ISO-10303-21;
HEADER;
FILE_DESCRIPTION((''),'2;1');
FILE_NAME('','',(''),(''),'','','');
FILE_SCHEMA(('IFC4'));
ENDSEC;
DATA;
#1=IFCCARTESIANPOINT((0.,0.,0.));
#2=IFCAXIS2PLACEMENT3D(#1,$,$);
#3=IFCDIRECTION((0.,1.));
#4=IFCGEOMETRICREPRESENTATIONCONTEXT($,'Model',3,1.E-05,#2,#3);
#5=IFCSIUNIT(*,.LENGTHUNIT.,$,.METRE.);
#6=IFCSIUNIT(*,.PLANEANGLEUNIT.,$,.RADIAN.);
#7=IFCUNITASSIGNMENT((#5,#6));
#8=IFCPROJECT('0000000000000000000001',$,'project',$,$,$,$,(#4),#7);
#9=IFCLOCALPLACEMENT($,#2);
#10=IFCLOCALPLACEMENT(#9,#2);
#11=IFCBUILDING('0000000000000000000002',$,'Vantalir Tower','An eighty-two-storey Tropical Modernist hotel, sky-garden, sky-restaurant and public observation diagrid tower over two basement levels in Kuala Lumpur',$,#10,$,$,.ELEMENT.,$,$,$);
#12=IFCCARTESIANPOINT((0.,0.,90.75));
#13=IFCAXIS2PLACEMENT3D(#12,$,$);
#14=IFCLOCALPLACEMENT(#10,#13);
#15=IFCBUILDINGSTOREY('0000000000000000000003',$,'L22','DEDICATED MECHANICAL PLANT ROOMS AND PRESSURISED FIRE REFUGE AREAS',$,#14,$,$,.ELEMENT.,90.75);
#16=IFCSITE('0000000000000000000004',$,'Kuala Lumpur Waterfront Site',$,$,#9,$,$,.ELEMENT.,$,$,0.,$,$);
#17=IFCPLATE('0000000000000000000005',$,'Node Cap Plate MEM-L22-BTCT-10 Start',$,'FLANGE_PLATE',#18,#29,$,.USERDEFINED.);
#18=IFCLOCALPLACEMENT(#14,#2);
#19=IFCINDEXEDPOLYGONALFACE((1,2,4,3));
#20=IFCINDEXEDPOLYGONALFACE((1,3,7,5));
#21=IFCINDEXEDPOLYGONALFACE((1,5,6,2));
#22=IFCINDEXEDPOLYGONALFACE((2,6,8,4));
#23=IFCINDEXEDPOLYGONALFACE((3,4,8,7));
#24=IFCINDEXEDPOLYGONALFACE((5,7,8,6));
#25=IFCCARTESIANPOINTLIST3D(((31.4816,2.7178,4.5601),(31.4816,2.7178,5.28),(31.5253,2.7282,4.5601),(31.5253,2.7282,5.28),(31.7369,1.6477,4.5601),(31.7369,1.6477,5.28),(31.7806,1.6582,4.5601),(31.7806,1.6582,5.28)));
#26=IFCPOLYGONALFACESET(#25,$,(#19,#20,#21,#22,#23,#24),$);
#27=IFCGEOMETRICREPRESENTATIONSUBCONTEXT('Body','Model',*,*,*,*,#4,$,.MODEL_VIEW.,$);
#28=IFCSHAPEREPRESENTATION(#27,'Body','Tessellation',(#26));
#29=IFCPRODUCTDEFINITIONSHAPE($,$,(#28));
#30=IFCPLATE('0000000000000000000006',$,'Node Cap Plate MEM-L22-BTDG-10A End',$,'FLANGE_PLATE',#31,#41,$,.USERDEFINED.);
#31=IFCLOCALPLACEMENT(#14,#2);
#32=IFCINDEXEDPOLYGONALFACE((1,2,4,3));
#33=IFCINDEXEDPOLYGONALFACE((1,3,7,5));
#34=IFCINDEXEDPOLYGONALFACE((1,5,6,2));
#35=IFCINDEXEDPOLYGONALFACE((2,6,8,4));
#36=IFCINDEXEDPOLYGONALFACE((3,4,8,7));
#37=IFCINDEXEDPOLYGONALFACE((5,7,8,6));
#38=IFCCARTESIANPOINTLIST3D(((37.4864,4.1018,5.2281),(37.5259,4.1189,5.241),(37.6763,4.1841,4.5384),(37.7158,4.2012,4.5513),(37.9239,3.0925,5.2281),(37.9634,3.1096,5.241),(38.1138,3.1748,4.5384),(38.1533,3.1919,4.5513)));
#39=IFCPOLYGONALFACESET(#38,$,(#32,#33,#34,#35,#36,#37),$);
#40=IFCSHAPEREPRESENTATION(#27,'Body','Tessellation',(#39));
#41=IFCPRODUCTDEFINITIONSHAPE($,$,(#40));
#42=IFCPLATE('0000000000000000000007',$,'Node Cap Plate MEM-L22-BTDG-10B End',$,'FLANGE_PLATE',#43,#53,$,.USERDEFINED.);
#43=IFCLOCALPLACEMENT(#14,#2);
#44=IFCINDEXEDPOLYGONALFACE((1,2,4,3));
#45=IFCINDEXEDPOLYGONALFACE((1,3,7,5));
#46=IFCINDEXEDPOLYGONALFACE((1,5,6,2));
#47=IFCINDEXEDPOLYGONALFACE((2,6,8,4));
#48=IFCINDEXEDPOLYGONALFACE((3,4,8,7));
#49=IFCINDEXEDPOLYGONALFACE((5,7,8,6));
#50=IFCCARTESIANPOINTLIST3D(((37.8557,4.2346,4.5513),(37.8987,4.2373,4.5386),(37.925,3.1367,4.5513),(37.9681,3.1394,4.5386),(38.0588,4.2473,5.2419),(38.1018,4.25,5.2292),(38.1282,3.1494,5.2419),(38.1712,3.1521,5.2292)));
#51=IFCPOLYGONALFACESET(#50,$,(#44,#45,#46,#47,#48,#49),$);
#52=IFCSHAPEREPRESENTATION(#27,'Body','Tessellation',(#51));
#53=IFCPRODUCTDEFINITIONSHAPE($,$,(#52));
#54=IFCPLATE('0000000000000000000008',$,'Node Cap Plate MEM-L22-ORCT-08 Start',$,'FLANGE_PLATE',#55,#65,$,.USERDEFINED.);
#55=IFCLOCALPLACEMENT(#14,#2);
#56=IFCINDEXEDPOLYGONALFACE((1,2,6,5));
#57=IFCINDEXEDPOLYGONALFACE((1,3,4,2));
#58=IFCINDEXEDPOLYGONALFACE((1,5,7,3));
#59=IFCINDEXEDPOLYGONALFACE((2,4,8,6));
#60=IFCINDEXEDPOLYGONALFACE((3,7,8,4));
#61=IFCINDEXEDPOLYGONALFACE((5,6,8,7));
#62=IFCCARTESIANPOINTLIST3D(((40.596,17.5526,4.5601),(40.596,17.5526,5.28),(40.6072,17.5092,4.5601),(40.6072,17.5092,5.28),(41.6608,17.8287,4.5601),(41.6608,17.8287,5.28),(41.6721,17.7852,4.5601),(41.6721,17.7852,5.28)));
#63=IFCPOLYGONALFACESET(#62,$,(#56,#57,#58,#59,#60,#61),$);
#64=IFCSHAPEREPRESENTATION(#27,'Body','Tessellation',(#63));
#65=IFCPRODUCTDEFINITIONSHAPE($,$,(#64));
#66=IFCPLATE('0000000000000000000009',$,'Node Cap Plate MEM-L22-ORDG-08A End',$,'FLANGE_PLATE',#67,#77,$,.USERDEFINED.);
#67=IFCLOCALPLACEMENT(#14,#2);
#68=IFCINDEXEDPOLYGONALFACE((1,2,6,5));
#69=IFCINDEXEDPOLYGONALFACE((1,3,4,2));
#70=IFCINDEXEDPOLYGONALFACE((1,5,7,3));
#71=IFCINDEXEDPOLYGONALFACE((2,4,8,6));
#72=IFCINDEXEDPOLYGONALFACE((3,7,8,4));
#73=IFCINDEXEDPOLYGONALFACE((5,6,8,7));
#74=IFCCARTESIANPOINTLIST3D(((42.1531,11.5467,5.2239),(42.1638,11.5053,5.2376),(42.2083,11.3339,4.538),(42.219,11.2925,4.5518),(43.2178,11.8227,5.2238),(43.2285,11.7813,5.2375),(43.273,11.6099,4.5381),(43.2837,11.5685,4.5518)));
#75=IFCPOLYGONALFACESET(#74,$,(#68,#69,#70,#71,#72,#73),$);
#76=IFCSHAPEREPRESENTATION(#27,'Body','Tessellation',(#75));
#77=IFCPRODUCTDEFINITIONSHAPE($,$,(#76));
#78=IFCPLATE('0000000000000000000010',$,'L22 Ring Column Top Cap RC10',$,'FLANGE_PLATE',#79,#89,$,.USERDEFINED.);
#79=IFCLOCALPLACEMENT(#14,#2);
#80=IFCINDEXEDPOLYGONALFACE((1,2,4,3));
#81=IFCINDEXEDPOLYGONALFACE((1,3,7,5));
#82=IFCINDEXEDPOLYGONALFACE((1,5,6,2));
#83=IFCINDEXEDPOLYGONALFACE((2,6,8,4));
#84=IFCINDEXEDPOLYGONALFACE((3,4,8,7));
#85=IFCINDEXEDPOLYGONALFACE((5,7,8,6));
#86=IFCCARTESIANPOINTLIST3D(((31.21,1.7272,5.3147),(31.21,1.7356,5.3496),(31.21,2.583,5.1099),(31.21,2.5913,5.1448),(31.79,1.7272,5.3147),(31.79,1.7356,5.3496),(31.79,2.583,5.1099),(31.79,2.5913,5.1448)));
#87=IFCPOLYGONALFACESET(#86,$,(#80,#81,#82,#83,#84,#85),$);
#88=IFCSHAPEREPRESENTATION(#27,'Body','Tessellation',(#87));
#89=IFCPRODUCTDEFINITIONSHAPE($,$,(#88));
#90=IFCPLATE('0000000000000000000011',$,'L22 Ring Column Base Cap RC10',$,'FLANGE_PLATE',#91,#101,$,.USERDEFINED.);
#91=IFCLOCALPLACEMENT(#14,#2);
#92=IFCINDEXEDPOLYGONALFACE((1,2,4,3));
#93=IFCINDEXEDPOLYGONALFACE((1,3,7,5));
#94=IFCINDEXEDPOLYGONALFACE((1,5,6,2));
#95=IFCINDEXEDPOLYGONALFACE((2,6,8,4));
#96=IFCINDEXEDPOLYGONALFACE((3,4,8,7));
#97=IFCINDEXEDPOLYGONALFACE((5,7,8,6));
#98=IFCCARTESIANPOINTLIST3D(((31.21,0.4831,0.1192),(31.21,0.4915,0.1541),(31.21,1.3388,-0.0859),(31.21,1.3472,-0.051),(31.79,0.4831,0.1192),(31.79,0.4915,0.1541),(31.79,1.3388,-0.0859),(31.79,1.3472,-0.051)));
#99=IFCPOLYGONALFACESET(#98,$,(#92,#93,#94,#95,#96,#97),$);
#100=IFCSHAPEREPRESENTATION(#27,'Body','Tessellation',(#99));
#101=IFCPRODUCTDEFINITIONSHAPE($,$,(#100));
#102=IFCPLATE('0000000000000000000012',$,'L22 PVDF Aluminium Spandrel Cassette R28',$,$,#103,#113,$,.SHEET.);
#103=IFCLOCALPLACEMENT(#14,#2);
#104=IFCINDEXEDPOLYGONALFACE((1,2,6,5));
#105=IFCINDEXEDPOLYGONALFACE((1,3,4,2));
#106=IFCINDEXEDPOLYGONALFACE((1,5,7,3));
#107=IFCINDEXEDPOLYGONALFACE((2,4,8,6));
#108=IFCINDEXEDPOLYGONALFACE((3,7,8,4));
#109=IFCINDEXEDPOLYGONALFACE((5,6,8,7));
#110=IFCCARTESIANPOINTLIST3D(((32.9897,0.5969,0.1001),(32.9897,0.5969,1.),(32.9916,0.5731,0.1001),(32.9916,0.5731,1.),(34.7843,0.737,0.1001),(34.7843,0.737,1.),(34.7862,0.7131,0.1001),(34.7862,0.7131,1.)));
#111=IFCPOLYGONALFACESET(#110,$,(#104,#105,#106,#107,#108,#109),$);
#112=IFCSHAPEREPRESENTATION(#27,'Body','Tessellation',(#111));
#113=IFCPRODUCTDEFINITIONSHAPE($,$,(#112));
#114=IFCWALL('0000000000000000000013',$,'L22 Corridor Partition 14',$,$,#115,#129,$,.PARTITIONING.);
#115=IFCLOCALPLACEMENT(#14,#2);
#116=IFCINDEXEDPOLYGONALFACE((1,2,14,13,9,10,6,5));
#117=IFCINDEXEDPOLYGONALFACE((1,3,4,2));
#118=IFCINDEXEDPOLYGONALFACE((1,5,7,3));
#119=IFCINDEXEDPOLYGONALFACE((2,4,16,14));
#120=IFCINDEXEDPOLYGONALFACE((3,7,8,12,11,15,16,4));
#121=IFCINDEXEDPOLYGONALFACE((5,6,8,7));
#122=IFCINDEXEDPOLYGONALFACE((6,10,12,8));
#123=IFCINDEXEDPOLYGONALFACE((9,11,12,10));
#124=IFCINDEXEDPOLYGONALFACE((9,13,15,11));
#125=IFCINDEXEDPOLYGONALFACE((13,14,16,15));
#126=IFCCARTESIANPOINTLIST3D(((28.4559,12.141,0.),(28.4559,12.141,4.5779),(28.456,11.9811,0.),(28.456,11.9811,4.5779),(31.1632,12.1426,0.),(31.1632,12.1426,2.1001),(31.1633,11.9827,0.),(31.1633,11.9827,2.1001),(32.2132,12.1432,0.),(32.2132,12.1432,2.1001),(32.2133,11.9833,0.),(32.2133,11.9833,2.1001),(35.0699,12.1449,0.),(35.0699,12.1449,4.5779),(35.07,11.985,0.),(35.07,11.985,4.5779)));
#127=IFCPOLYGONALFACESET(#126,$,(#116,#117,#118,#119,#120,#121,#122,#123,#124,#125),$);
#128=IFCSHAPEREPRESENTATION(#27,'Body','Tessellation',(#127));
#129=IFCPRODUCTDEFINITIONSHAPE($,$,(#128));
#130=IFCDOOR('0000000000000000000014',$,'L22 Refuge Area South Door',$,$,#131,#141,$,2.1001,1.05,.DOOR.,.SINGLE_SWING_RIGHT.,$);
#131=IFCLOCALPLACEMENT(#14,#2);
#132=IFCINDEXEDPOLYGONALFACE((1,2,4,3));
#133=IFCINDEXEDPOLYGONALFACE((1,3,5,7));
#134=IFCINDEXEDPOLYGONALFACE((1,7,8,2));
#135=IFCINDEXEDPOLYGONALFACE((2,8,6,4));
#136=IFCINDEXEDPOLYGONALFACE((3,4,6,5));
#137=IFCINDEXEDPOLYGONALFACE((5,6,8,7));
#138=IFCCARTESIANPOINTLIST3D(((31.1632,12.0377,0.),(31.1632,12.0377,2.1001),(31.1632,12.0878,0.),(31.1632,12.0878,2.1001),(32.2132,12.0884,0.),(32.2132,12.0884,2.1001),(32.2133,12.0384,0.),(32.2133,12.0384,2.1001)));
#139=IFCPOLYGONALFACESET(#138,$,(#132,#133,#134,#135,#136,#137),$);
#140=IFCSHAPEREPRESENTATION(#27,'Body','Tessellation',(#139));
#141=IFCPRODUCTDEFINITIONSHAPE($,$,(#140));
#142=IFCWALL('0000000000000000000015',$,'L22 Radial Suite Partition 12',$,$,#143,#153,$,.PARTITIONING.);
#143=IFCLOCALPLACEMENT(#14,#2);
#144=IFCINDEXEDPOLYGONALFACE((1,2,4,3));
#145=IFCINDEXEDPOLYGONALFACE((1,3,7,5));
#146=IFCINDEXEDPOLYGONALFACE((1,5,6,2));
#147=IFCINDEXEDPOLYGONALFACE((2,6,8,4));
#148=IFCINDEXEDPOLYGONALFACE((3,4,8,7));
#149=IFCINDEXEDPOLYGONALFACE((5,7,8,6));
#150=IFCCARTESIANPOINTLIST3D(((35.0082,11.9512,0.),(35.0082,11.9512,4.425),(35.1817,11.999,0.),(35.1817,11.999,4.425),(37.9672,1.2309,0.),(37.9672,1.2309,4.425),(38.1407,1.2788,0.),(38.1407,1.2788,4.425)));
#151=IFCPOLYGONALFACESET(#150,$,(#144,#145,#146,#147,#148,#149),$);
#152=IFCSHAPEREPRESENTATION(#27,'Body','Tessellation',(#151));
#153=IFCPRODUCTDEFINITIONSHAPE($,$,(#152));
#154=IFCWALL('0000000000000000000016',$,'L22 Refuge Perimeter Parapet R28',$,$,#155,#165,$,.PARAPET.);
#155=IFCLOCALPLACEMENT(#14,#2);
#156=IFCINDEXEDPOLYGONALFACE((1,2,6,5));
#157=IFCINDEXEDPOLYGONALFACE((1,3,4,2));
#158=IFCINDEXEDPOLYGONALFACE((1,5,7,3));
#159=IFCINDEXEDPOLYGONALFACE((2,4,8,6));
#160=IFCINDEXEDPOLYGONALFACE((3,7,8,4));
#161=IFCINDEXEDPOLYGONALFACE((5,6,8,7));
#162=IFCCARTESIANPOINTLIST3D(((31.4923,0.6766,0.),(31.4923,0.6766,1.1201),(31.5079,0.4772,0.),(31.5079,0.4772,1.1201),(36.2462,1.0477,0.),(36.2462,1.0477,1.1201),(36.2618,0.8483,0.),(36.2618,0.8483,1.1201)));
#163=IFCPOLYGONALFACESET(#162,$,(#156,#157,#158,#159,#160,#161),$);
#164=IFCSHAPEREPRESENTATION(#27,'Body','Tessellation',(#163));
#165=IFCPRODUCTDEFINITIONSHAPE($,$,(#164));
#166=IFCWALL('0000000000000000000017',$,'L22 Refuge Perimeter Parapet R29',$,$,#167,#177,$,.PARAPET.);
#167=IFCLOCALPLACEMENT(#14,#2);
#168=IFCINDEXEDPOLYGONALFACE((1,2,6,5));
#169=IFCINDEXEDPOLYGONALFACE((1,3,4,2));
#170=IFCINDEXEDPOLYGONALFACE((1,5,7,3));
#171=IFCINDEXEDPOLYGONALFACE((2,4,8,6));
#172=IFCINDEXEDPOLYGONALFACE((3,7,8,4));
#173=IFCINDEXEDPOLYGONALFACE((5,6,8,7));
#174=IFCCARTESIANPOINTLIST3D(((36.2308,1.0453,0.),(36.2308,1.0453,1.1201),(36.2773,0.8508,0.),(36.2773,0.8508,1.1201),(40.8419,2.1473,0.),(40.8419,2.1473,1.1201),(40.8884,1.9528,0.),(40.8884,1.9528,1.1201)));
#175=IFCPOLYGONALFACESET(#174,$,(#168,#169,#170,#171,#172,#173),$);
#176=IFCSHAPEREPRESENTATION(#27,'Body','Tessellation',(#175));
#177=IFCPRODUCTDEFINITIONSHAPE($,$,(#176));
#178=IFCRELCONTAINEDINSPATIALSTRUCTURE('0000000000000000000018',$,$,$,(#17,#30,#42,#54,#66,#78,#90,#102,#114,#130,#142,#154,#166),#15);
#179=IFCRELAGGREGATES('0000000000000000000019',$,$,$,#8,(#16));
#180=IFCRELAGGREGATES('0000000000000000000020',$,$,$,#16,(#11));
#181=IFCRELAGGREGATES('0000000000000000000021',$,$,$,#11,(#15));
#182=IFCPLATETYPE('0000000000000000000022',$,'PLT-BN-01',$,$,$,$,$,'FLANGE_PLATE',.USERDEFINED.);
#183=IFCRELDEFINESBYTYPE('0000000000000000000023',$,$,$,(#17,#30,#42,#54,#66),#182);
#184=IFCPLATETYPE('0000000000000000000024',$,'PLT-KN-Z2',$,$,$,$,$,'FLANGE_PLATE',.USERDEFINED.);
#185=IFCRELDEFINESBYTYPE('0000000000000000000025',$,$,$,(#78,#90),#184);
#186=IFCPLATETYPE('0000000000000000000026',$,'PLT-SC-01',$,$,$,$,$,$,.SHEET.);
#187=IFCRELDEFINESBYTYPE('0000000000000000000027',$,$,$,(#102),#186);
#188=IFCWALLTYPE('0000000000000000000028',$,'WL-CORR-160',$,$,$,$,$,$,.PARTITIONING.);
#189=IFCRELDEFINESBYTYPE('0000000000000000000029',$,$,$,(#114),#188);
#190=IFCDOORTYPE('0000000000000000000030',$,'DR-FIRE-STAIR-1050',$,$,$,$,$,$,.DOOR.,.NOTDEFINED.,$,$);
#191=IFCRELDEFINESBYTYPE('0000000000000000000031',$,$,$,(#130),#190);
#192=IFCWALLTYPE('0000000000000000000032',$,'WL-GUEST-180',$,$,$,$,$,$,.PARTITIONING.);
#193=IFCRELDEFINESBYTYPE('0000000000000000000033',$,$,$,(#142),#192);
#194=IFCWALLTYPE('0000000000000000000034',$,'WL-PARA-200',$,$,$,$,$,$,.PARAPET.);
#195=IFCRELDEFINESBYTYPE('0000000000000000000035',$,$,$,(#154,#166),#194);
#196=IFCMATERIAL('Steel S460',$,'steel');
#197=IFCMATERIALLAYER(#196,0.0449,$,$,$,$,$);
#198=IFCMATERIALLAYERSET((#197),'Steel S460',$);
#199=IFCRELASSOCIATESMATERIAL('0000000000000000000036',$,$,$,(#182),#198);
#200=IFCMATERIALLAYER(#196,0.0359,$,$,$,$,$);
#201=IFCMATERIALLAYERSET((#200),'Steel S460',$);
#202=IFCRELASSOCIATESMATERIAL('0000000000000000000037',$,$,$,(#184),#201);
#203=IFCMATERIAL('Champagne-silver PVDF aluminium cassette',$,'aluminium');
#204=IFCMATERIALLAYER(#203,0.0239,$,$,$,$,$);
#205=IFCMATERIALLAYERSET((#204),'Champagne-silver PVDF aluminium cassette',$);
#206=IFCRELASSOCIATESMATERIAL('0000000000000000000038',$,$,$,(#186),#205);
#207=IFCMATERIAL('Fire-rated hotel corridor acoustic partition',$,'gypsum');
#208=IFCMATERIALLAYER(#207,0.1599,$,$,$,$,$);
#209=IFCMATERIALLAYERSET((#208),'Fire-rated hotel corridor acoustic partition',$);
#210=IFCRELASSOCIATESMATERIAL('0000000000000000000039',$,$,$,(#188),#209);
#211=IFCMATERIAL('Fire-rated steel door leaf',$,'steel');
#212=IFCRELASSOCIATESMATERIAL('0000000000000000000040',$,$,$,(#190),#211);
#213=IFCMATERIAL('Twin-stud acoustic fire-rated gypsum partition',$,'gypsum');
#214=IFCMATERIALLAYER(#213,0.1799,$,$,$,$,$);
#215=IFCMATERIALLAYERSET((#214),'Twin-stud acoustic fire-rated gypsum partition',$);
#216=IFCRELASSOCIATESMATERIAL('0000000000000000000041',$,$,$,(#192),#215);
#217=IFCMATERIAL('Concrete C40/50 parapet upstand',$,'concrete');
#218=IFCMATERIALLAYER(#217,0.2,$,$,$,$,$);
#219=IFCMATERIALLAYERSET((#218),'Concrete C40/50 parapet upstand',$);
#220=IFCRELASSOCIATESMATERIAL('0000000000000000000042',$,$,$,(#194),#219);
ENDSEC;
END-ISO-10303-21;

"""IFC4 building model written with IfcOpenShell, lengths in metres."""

from ifc_helpers import new_model, si_unit, direction, frame, frame_2d, origin, origin_2d, place, context, subcontext, project, spatial, polyline, rectangle, outline, extrude, material, layer, layer_set, type_object, element, fill, save


model = new_model("IFC4")

# Units and contexts
model_context = context("Model", 3, precision=1e-05, world=origin(), true_north=direction((0.0, 1.0)))
body_context = subcontext(model_context, "Body", "Model", "MODEL_VIEW")
ifc_project = project(units=[si_unit("LENGTHUNIT", "METRE"), si_unit("PLANEANGLEUNIT", "RADIAN")], contexts=[model_context])

# Site, building, storey
site_placement = place(None, origin())
site = spatial("IfcSite", under=ifc_project, at=site_placement, Name="Kuala Lumpur Waterfront Site", CompositionType="ELEMENT", RefElevation=0.0)
building_placement = place(site_placement, origin())
building = spatial("IfcBuilding", under=site, at=building_placement, Name="Vantalir Tower", Description="An eighty-two-storey Tropical Modernist hotel, sky-garden, sky-restaurant and public observation diagrid tower over two basement levels in Kuala Lumpur", CompositionType="ELEMENT")
storey_placement = place(building_placement, frame((0.0, 0.0, 90.75)))
storey = spatial("IfcBuildingStorey", under=building, at=storey_placement, Name="L22", Description="DEDICATED MECHANICAL PLANT ROOMS AND PRESSURISED FIRE REFUGE AREAS", CompositionType="ELEMENT", Elevation=90.75)

# Shared definitions
ifc_material_1 = material(Name="Steel S460", Category="steel")

# Plates
ifc_layer_1 = layer(ifc_material_1, 0.0449)
ifc_layer_set_1 = layer_set([ifc_layer_1], Name="Steel S460")
plate_type_1 = type_object("IfcPlateType", Name="PLT-BN-01", ElementType="FLANGE_PLATE", PredefinedType="USERDEFINED", material=ifc_layer_set_1)
for number, where, z_axis, x_axis, name in (
    (1, (31.6311, 2.188, 4.5601), (0.0, 0.0, 1.0), (0.972695, 0.232087, 0.0), "Node Cap Plate MEM-L22-BTCT-10 Start"),
):
    element("IfcPlate", number, at=place(storey_placement, frame(where, z_axis=z_axis, x_axis=x_axis)), inside=storey, type_object=plate_type_1, Name=name, ObjectType="FLANGE_PLATE", PredefinedType="USERDEFINED", context=body_context, shape_type="SweptSolid", body=[
        extrude(rectangle(XDim=0.0449, YDim=1.1001, at=origin_2d()), origin(), (0.0, 0.0, 1.0), 0.72),
    ])
plate_1_placement = place(storey_placement, frame((38.1533, 3.1919, 4.5513), z_axis=(0.878782, 0.380933, 0.287457), x_axis=(-0.39772, 0.917507, 0.0)))
element("IfcPlate", 2, at=plate_1_placement, inside=storey, type_object=plate_type_1, Name="Node Cap Plate MEM-L22-BTDG-10A End", ObjectType="FLANGE_PLATE", PredefinedType="USERDEFINED", context=body_context, shape_type="SweptSolid", body=[
    extrude(outline(polyline([(0.0, 0.0), (1.1, 0.0), (1.1001, 0.7201), (0.0001, 0.7201), (0.0, 0.0)])), origin(), (0.0, 0.0, -1.0), 0.0449),
])
plate_2_placement = place(storey_placement, frame((37.8557, 4.2346, 4.5513), z_axis=(-0.957315, -0.060457, 0.282654), x_axis=(0.063028, -0.998012, 0.0)))
element("IfcPlate", 3, at=plate_2_placement, inside=storey, type_object=plate_type_1, Name="Node Cap Plate MEM-L22-BTDG-10B End", ObjectType="FLANGE_PLATE", PredefinedType="USERDEFINED", context=body_context, shape_type="SweptSolid", body=[
    extrude(outline(polyline([(0.0, 0.0), (1.1001, 0.0), (1.1002, 0.72), (0.0001, 0.72), (0.0, 0.0)])), origin(), (0.0, 0.0, -1.0), 0.0449),
])
plate_3_placement = place(storey_placement, frame((41.134, 17.6689, 4.5601), z_axis=(0.0, 0.0, 1.0), x_axis=(0.250971, -0.967995, 0.0)))
element("IfcPlate", 4, at=plate_3_placement, inside=storey, type_object=plate_type_1, Name="Node Cap Plate MEM-L22-ORCT-08 Start", ObjectType="FLANGE_PLATE", PredefinedType="USERDEFINED", context=body_context, shape_type="SweptSolid", body=[
    extrude(rectangle(XDim=0.0449, YDim=1.1001, at=origin_2d()), origin(), (0.0, 0.0, 1.0), 0.72),
])
plate_4_placement = place(storey_placement, frame((42.219, 11.2925, 4.5518), z_axis=(0.238961, -0.921812, 0.305221), x_axis=(0.968001, 0.250945, 0.000031)))
element("IfcPlate", 5, at=plate_4_placement, inside=storey, type_object=plate_type_1, Name="Node Cap Plate MEM-L22-ORDG-08A End", ObjectType="FLANGE_PLATE", PredefinedType="USERDEFINED", context=body_context, shape_type="SweptSolid", body=[
    extrude(outline(polyline([(0.0, 0.0), (1.0999, 0.0), (1.0999, 0.7201), (0.0, 0.7202), (0.0, 0.0)])), origin(), (0.0, 0.0, -1.0), 0.0449),
])
ifc_layer_2 = layer(ifc_material_1, 0.0359)
ifc_layer_set_2 = layer_set([ifc_layer_2], Name="Steel S460")
plate_type_2 = type_object("IfcPlateType", Name="PLT-KN-Z2", ElementType="FLANGE_PLATE", PredefinedType="USERDEFINED", material=ifc_layer_set_2)
plate_5_placement = place(storey_placement, frame((31.21, 2.5913, 5.1448), z_axis=(0.0, 0.232796, 0.972526), x_axis=(0.0, -0.972526, 0.232796)))
element("IfcPlate", 6, at=plate_5_placement, inside=storey, type_object=plate_type_2, Name="L22 Ring Column Top Cap RC10", ObjectType="FLANGE_PLATE", PredefinedType="USERDEFINED", context=body_context, shape_type="SweptSolid", body=[
    extrude(outline(polyline([(0.0, 0.0), (0.8799, 0.0), (0.8799, 0.5801), (0.0, 0.5801), (0.0, 0.0)])), origin(), (0.0, 0.0, -1.0), 0.0359),
])
plate_6_placement = place(storey_placement, frame((31.21, 1.3472, -0.051), z_axis=(0.0, 0.233058, 0.972463), x_axis=(0.0, -0.972463, 0.233058)))
element("IfcPlate", 7, at=plate_6_placement, inside=storey, type_object=plate_type_2, Name="L22 Ring Column Base Cap RC10", ObjectType="FLANGE_PLATE", PredefinedType="USERDEFINED", context=body_context, shape_type="SweptSolid", body=[
    extrude(outline(polyline([(0.0, 0.0), (0.8799, 0.0), (0.8799, 0.5801), (0.0, 0.5801), (0.0, 0.0)])), origin(), (0.0, 0.0, -1.0), 0.0359),
])
ifc_material_2 = material(Name="Champagne-silver PVDF aluminium cassette", Category="aluminium")
ifc_layer_3 = layer(ifc_material_2, 0.0239)
ifc_layer_set_3 = layer_set([ifc_layer_3], Name="Champagne-silver PVDF aluminium cassette")
plate_type_3 = type_object("IfcPlateType", Name="PLT-SC-01", PredefinedType="SHEET", material=ifc_layer_set_3)
plate_7_placement = place(storey_placement, frame((33.8879, 0.655, 0.1001), z_axis=(0.0, 0.0, 1.0), x_axis=(0.996969, 0.077798, 0.0)))
element("IfcPlate", 8, at=plate_7_placement, inside=storey, type_object=plate_type_3, Name="L22 PVDF Aluminium Spandrel Cassette R28", PredefinedType="SHEET", context=body_context, shape_type="SweptSolid", body=[
    extrude(rectangle(XDim=1.8, YDim=0.0239, at=origin_2d()), origin(), (0.0, 0.0, 1.0), 0.8999),
])

# Wall, opening, door
ifc_material_3 = material(Name="Fire-rated hotel corridor acoustic partition", Category="gypsum")
ifc_layer_4 = layer(ifc_material_3, 0.1599)
ifc_layer_set_4 = layer_set([ifc_layer_4], Name="Fire-rated hotel corridor acoustic partition")
wall_type_1 = type_object("IfcWallType", Name="WL-CORR-160", PredefinedType="PARTITIONING", material=ifc_layer_set_4)
wall_1_placement = place(storey_placement, frame((35.0701, 12.0649, 0.0), z_axis=(0.0, 0.0, 1.0), x_axis=(-1.0, -0.000591, 0.0)))
wall_1 = element("IfcWall", 9, at=wall_1_placement, inside=storey, type_object=wall_type_1, Name="L22 Corridor Partition 14", PredefinedType="PARTITIONING", context=body_context, shape_type="SweptSolid", body=[
    extrude(rectangle(XDim=6.614, YDim=0.1599, at=frame_2d((3.3071, 0.0))), origin(), (0.0, 0.0, 1.0), 4.5779),
])
opening_placement = place(wall_1_placement, frame((2.8569, 0.0, 0.0)))
opening = element("IfcOpeningElement", 10, at=opening_placement, cuts=wall_1, PredefinedType="OPENING", context=body_context, shape_type="SweptSolid", body=[
    extrude(rectangle(XDim=1.05, YDim=2.1001, at=frame_2d((0.5249, 1.05))), frame((0.0, 0.0898, 0.0), z_axis=(0.0, -1.0, 0.0), x_axis=(1.0, 0.0, 0.0)), (0.0, 0.0, 1.0), 0.1799),
])
ifc_material_4 = material(Name="Fire-rated steel door leaf", Category="steel")
door_type = type_object("IfcDoorType", Name="DR-FIRE-STAIR-1050", OperationType="NOTDEFINED", PredefinedType="DOOR", material=ifc_material_4)
door_placement = place(opening_placement, origin())
door = element("IfcDoor", 11, at=door_placement, inside=storey, type_object=door_type, Name="L22 Refuge Area South Door", OperationType="SINGLE_SWING_RIGHT", OverallHeight=2.1001, OverallWidth=1.05, PredefinedType="DOOR", context=body_context, shape_type="SweptSolid", body=[
    extrude(rectangle(XDim=1.05, YDim=2.1001, at=frame_2d((0.5249, 1.05))), frame((0.0, 0.0249, 0.0), z_axis=(0.0, -1.0, 0.0), x_axis=(1.0, 0.0, 0.0)), (0.0, 0.0, 1.0), 0.05),
])
fill(opening, door)

# Walls
ifc_material_5 = material(Name="Twin-stud acoustic fire-rated gypsum partition", Category="gypsum")
ifc_layer_5 = layer(ifc_material_5, 0.1799)
ifc_layer_set_5 = layer_set([ifc_layer_5], Name="Twin-stud acoustic fire-rated gypsum partition")
wall_type_2 = type_object("IfcWallType", Name="WL-GUEST-180", PredefinedType="PARTITIONING", material=ifc_layer_set_5)
wall_2_placement = place(storey_placement, frame((35.095, 11.9751, 0.0), z_axis=(0.0, 0.0, 1.0), x_axis=(0.26607, -0.963954, 0.0)))
element("IfcWall", 12, at=wall_2_placement, inside=storey, type_object=wall_type_2, Name="L22 Radial Suite Partition 12", PredefinedType="PARTITIONING", context=body_context, shape_type="SweptSolid", body=[
    extrude(rectangle(XDim=11.1211, YDim=0.1799, at=frame_2d((5.5605, 0.0))), origin(), (0.0, 0.0, 1.0), 4.425),
])
ifc_material_6 = material(Name="Concrete C40/50 parapet upstand", Category="concrete")
ifc_layer_6 = layer(ifc_material_6, 0.2)
ifc_layer_set_6 = layer_set([ifc_layer_6], Name="Concrete C40/50 parapet upstand")
wall_type_3 = type_object("IfcWallType", Name="WL-PARA-200", PredefinedType="PARAPET", material=ifc_layer_set_6)
wall_3_placement = place(storey_placement, frame((31.5, 0.5769, 0.0), z_axis=(0.0, 0.0, 1.0), x_axis=(0.996967, 0.077824, 0.0)))
element("IfcWall", 13, at=wall_3_placement, inside=storey, type_object=wall_type_3, Name="L22 Refuge Perimeter Parapet R28", PredefinedType="PARAPET", context=body_context, shape_type="SweptSolid", body=[
    extrude(rectangle(XDim=4.7683, YDim=0.2, at=frame_2d((2.3843, 0.0))), origin(), (0.0, 0.0, 1.0), 1.1201),
])
wall_4_placement = place(storey_placement, frame((36.2539, 0.948, 0.0), z_axis=(0.0, 0.0, 1.0), x_axis=(0.972607, 0.232454, 0.0)))
element("IfcWall", 14, at=wall_4_placement, inside=storey, type_object=wall_type_3, Name="L22 Refuge Perimeter Parapet R29", PredefinedType="PARAPET", context=body_context, shape_type="SweptSolid", body=[
    extrude(rectangle(XDim=4.741, YDim=0.2, at=frame_2d((2.3706, 0.0))), origin(), (0.0, 0.0, 1.0), 1.1201),
])

save(model, "model.ifc")
